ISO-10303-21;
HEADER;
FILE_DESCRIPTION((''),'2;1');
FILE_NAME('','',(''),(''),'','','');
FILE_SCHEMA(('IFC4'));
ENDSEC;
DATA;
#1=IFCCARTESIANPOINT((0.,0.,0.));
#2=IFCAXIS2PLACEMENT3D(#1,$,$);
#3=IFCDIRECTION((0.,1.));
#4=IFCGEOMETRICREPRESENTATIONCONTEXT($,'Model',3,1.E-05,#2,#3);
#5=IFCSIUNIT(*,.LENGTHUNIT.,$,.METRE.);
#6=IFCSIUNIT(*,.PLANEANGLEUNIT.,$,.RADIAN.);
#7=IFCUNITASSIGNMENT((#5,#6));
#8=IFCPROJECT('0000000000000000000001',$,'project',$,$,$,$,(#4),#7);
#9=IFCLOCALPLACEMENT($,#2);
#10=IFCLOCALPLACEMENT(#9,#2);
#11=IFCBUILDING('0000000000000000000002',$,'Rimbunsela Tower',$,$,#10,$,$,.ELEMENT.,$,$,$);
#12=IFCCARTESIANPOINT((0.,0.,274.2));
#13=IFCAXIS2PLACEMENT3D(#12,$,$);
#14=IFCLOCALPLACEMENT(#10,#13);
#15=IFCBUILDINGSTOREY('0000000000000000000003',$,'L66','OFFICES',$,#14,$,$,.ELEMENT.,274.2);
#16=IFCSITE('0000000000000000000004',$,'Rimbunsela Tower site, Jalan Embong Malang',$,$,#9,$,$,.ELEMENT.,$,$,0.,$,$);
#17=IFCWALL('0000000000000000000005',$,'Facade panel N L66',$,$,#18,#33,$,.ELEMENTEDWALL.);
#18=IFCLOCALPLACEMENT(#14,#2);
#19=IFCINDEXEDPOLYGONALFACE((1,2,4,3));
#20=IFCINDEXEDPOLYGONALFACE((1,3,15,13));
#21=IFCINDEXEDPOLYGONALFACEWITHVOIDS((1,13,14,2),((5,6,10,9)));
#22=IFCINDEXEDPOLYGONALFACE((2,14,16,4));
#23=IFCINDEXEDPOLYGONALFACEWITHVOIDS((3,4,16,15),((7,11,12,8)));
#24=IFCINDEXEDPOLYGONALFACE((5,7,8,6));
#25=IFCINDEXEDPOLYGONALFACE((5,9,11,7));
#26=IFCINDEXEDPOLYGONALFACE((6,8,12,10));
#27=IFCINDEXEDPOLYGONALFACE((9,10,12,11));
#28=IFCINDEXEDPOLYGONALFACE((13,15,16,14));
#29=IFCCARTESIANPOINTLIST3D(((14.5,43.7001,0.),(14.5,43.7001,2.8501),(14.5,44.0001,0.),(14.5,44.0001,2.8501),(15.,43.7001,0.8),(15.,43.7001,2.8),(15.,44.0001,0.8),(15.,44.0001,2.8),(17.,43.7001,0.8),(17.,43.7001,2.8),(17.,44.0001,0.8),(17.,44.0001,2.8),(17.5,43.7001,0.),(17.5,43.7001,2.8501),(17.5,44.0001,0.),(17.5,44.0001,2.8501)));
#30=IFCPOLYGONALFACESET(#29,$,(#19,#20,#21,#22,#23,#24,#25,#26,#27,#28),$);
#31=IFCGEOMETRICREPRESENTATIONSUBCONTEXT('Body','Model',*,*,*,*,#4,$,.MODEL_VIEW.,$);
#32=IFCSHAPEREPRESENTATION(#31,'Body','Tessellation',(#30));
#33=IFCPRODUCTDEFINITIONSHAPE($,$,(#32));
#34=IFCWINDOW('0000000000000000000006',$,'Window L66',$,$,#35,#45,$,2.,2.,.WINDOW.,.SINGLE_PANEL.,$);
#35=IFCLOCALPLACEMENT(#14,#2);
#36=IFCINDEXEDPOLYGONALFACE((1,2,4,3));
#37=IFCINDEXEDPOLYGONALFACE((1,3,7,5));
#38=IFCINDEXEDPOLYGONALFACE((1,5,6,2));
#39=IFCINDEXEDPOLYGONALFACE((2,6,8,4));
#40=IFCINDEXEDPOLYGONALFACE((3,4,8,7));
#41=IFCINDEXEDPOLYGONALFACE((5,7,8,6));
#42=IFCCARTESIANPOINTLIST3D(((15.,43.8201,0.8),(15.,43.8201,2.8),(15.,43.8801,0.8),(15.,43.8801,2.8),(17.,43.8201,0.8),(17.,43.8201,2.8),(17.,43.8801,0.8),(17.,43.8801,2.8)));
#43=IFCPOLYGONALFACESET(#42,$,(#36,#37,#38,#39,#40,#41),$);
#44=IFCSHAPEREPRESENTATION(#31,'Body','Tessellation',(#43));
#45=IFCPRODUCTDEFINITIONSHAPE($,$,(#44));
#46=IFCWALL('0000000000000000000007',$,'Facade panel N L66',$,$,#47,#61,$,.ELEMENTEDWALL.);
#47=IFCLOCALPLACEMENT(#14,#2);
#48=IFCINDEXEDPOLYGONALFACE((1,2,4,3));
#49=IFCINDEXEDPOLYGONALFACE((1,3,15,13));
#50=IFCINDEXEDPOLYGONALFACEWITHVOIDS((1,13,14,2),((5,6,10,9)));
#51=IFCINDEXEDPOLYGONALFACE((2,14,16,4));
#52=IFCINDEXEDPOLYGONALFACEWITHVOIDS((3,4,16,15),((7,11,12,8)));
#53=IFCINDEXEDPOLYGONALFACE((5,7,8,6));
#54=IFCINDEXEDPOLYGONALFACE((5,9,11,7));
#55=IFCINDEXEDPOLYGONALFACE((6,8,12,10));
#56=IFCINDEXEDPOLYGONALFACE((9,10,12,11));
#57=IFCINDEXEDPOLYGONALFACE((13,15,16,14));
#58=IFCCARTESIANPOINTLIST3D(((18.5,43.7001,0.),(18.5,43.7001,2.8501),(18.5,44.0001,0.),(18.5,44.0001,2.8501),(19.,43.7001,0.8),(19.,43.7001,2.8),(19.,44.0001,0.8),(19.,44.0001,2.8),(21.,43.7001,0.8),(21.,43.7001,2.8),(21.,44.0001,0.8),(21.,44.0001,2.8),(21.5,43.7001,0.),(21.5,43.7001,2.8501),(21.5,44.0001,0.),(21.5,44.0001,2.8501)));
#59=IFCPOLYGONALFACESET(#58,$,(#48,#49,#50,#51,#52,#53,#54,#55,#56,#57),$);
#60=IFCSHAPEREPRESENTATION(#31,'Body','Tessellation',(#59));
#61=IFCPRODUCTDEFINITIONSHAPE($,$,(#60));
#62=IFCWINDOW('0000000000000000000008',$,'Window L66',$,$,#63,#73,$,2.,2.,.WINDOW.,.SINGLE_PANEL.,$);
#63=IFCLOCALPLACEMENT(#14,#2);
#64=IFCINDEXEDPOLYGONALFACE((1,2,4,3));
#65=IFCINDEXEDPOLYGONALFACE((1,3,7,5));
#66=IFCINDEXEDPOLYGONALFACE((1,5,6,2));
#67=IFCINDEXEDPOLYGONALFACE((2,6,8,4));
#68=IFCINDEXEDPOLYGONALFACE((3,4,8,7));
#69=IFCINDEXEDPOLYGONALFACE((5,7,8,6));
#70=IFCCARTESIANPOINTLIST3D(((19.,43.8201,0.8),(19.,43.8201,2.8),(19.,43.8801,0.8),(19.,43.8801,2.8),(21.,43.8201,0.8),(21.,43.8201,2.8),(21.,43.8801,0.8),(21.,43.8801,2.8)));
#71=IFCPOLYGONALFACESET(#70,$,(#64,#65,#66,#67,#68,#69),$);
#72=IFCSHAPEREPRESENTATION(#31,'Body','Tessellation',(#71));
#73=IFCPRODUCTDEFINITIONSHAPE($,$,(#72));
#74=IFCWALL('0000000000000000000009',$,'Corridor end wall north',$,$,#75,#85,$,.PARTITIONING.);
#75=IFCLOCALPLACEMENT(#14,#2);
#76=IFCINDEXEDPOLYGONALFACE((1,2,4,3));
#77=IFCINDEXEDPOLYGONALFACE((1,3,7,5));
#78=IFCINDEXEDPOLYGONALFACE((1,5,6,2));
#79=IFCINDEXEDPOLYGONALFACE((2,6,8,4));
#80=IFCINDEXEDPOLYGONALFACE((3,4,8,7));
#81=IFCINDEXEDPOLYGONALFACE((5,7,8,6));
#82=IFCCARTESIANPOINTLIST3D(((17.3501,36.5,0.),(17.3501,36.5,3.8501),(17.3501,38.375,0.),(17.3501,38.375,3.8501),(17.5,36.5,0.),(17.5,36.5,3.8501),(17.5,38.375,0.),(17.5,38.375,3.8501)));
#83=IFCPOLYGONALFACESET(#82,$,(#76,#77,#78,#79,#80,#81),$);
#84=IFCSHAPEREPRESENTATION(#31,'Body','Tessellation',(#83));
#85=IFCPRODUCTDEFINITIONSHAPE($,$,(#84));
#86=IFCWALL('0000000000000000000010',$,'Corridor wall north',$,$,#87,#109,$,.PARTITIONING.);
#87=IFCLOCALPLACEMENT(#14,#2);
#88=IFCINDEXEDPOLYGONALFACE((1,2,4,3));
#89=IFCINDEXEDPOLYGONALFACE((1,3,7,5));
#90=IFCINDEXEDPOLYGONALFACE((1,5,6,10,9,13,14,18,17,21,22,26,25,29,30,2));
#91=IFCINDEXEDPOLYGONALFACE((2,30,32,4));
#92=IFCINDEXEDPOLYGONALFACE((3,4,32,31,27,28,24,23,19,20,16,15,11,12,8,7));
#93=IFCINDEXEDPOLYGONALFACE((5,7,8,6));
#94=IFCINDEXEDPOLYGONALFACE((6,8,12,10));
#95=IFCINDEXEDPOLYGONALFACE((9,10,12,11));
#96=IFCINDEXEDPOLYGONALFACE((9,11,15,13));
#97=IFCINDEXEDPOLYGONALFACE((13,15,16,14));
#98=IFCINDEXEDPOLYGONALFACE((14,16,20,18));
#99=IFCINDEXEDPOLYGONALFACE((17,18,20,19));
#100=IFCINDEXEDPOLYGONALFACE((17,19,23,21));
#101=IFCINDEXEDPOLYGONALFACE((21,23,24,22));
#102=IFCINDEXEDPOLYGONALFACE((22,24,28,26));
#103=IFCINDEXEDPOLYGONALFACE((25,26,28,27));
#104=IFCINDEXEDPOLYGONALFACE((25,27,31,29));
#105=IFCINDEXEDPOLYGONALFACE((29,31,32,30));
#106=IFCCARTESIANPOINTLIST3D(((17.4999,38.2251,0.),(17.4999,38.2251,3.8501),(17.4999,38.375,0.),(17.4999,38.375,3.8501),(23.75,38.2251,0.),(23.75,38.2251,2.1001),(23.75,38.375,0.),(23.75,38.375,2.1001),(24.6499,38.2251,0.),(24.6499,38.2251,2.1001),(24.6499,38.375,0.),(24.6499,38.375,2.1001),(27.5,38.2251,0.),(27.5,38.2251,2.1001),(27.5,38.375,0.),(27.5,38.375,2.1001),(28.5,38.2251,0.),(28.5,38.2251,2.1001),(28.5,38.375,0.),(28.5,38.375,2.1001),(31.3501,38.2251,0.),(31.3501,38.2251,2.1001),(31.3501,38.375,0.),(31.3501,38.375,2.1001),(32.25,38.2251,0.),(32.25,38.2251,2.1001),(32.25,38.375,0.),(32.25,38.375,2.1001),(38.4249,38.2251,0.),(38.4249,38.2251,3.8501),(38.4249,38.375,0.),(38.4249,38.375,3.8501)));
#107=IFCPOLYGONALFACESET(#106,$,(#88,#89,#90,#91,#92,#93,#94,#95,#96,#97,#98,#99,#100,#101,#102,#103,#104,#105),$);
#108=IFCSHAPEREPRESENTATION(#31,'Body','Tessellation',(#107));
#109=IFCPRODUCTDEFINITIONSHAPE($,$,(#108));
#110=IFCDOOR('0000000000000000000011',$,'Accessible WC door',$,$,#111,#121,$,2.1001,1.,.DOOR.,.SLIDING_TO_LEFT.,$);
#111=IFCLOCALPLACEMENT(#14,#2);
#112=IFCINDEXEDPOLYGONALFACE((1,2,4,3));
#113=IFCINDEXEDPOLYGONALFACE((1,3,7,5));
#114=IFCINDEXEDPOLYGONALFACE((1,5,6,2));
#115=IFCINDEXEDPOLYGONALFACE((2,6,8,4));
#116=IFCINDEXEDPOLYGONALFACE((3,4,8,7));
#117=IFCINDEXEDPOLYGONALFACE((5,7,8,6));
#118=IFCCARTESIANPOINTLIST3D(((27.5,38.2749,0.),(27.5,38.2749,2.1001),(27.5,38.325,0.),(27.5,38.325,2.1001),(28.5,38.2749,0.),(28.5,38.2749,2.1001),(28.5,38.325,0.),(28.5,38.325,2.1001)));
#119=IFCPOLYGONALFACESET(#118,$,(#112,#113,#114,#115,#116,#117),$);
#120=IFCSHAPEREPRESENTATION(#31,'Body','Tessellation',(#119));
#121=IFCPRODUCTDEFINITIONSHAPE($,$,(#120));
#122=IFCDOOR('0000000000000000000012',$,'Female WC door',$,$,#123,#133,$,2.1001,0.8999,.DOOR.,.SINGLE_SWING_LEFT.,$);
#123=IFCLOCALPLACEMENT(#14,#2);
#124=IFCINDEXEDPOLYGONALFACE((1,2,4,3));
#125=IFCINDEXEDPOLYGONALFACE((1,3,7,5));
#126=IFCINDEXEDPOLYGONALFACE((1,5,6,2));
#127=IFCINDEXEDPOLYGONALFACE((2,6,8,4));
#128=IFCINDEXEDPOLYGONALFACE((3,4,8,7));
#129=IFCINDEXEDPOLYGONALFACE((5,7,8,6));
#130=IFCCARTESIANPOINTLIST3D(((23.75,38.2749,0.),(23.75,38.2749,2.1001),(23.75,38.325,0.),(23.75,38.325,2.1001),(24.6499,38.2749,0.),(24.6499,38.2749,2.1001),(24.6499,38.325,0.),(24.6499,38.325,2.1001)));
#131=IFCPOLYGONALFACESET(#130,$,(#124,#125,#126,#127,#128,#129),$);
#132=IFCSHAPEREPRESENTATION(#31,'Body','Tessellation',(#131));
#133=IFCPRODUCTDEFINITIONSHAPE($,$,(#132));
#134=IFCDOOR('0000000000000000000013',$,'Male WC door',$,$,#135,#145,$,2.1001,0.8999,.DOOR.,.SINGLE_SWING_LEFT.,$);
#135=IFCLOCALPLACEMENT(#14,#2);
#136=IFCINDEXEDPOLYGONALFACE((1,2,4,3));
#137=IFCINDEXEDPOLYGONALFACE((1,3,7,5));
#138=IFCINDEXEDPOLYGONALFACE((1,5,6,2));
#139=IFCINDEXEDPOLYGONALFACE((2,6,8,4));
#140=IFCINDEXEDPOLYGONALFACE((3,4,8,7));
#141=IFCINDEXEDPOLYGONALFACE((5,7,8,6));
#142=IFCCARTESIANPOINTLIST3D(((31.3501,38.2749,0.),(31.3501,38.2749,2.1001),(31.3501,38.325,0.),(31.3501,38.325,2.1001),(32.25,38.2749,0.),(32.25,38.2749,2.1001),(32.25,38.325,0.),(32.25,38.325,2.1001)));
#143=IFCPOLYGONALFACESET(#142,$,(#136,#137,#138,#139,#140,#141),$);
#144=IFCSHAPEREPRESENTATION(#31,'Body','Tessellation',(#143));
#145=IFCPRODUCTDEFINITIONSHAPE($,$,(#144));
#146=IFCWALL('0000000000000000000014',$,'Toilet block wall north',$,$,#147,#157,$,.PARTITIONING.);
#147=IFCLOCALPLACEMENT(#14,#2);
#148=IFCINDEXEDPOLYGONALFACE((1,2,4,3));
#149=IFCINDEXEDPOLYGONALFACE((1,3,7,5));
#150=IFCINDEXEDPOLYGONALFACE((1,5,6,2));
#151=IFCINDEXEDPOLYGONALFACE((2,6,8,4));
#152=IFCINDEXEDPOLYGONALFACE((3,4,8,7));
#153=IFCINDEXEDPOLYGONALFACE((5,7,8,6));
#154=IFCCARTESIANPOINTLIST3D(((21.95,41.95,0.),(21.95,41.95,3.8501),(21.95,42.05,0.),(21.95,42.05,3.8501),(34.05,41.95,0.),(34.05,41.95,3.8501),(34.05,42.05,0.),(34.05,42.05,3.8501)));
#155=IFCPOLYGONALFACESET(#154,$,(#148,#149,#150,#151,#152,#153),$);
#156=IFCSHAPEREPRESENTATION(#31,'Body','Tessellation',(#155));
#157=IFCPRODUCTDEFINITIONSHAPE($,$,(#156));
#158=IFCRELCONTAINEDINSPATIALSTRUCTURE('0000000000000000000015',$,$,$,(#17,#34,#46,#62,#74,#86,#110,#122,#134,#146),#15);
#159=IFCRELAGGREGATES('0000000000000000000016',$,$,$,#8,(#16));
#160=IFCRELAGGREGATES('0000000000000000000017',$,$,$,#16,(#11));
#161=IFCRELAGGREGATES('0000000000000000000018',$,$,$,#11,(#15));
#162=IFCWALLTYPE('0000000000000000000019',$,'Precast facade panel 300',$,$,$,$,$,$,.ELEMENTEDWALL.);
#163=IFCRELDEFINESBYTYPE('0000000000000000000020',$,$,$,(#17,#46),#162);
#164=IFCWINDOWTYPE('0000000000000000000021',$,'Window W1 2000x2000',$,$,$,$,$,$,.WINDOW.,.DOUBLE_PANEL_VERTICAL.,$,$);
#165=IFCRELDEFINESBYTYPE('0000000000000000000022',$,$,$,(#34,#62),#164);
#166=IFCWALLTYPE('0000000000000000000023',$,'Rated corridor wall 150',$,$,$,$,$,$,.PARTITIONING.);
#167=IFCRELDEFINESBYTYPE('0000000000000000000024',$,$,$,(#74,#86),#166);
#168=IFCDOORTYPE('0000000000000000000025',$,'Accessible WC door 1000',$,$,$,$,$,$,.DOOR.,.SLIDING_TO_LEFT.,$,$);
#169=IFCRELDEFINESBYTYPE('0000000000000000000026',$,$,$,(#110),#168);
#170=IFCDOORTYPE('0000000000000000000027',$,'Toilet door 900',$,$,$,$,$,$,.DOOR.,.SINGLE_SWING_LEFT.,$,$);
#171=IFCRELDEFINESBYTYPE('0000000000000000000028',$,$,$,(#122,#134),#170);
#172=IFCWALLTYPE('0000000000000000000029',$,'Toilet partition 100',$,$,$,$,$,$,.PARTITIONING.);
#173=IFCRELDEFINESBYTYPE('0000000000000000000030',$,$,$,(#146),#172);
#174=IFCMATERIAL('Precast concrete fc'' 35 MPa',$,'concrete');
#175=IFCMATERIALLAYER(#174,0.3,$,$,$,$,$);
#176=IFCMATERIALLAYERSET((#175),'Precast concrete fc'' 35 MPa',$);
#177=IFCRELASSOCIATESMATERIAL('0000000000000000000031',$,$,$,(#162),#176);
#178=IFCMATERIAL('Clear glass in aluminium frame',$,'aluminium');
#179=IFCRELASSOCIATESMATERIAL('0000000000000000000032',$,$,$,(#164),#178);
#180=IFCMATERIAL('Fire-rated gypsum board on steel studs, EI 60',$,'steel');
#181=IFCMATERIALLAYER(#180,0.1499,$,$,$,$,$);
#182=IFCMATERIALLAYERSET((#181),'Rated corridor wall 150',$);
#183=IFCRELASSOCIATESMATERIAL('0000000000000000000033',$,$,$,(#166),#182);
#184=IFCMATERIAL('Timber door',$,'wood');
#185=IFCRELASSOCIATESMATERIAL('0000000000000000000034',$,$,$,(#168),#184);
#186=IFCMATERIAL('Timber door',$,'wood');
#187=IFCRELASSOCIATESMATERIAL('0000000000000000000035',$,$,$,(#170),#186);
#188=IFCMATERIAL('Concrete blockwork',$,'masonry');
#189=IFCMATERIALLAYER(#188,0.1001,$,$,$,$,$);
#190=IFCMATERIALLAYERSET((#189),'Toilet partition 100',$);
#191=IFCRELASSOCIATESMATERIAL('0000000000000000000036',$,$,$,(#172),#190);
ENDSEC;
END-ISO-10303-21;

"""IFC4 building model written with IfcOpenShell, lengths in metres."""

from ifc_helpers import new_model, si_unit, direction, frame, frame_2d, origin, place, context, subcontext, project, spatial, rectangle, extrude, material, layer, layer_set, type_object, element, fill, save


model = new_model("IFC4")

# Units and contexts
model_context = context("Model", 3, precision=1e-05, world=origin(), true_north=direction((0.0, 1.0)))
body_context = subcontext(model_context, "Body", "Model", "MODEL_VIEW")
ifc_project = project(units=[si_unit("LENGTHUNIT", "METRE"), si_unit("PLANEANGLEUNIT", "RADIAN")], contexts=[model_context])

# Site, building, storey
site_placement = place(None, origin())
site = spatial("IfcSite", under=ifc_project, at=site_placement, Name="Rimbunsela Tower site, Jalan Embong Malang", CompositionType="ELEMENT", RefElevation=0.0)
building_placement = place(site_placement, origin())
building = spatial("IfcBuilding", under=site, at=building_placement, Name="Rimbunsela Tower", CompositionType="ELEMENT")
storey_placement = place(building_placement, frame((0.0, 0.0, 274.2)))
storey = spatial("IfcBuildingStorey", under=building, at=storey_placement, Name="L66", Description="OFFICES", CompositionType="ELEMENT", Elevation=274.2)

# Walls, openings, windows
ifc_material_1 = material(Name="Precast concrete fc' 35 MPa", Category="concrete")
ifc_layer_1 = layer(ifc_material_1, 0.3)
ifc_layer_set_1 = layer_set([ifc_layer_1], Name="Precast concrete fc' 35 MPa")
wall_type_1 = type_object("IfcWallType", Name="Precast facade panel 300", PredefinedType="ELEMENTEDWALL", material=ifc_layer_set_1)
ifc_material_2 = material(Name="Clear glass in aluminium frame", Category="aluminium")
window_type = type_object("IfcWindowType", Name="Window W1 2000x2000", PartitioningType="DOUBLE_PANEL_VERTICAL", PredefinedType="WINDOW", material=ifc_material_2)
wall_1_placement = place(storey_placement, frame((17.5, 43.8501, 0.0), z_axis=(0.0, 0.0, 1.0), x_axis=(-1.0, 0.0, 0.0)))
wall_1 = element("IfcWall", 1, at=wall_1_placement, inside=storey, type_object=wall_type_1, Name="Facade panel N L66", PredefinedType="ELEMENTEDWALL", context=body_context, shape_type="SweptSolid", body=[
    extrude(rectangle(XDim=3.0, YDim=0.3, at=frame_2d((1.5, 0.0))), origin(), (0.0, 0.0, 1.0), 2.8501),
])
opening_1_placement = place(wall_1_placement, frame((0.5, 0.0, 0.8)))
opening_1 = element("IfcOpeningElement", 2, at=opening_1_placement, cuts=wall_1, PredefinedType="OPENING", context=body_context, shape_type="SweptSolid", body=[
    extrude(rectangle(XDim=2.0, YDim=2.0, at=frame_2d((1.0, 1.0))), frame((0.0, 0.1599, 0.0), z_axis=(0.0, -1.0, 0.0), x_axis=(1.0, 0.0, 0.0)), (0.0, 0.0, 1.0), 0.3201),
])
window_1_placement = place(opening_1_placement, origin())
window_1 = element("IfcWindow", 3, at=window_1_placement, inside=storey, type_object=window_type, Name="Window L66", OverallHeight=2.0, OverallWidth=2.0, PartitioningType="SINGLE_PANEL", PredefinedType="WINDOW", context=body_context, shape_type="SweptSolid", body=[
    extrude(rectangle(XDim=2.0, YDim=2.0, at=frame_2d((1.0, 1.0))), frame((0.0, 0.03, 0.0), z_axis=(0.0, -1.0, 0.0), x_axis=(1.0, 0.0, 0.0)), (0.0, 0.0, 1.0), 0.0601),
])
fill(opening_1, window_1)
wall_2_placement = place(storey_placement, frame((21.5, 43.8501, 0.0), z_axis=(0.0, 0.0, 1.0), x_axis=(-1.0, 0.0, 0.0)))
wall_2 = element("IfcWall", 4, at=wall_2_placement, inside=storey, type_object=wall_type_1, Name="Facade panel N L66", PredefinedType="ELEMENTEDWALL", context=body_context, shape_type="SweptSolid", body=[
    extrude(rectangle(XDim=3.0, YDim=0.3, at=frame_2d((1.5, 0.0))), origin(), (0.0, 0.0, 1.0), 2.8501),
])
opening_2_placement = place(wall_2_placement, frame((0.5, 0.0, 0.8)))
opening_2 = element("IfcOpeningElement", 5, at=opening_2_placement, cuts=wall_2, PredefinedType="OPENING", context=body_context, shape_type="SweptSolid", body=[
    extrude(rectangle(XDim=2.0, YDim=2.0, at=frame_2d((1.0, 1.0))), frame((0.0, 0.1599, 0.0), z_axis=(0.0, -1.0, 0.0), x_axis=(1.0, 0.0, 0.0)), (0.0, 0.0, 1.0), 0.3201),
])
window_2_placement = place(opening_2_placement, origin())
window_2 = element("IfcWindow", 6, at=window_2_placement, inside=storey, type_object=window_type, Name="Window L66", OverallHeight=2.0, OverallWidth=2.0, PartitioningType="SINGLE_PANEL", PredefinedType="WINDOW", context=body_context, shape_type="SweptSolid", body=[
    extrude(rectangle(XDim=2.0, YDim=2.0, at=frame_2d((1.0, 1.0))), frame((0.0, 0.03, 0.0), z_axis=(0.0, -1.0, 0.0), x_axis=(1.0, 0.0, 0.0)), (0.0, 0.0, 1.0), 0.0601),
])
fill(opening_2, window_2)

# Wall
ifc_material_3 = material(Name="Fire-rated gypsum board on steel studs, EI 60", Category="steel")
ifc_layer_2 = layer(ifc_material_3, 0.1499)
ifc_layer_set_2 = layer_set([ifc_layer_2], Name="Rated corridor wall 150")
wall_type_2 = type_object("IfcWallType", Name="Rated corridor wall 150", PredefinedType="PARTITIONING", material=ifc_layer_set_2)
wall_3_placement = place(storey_placement, frame((17.425, 36.5, 0.0), z_axis=(0.0, 0.0, 1.0), x_axis=(0.0, 1.0, 0.0)))
element("IfcWall", 7, at=wall_3_placement, inside=storey, type_object=wall_type_2, Name="Corridor end wall north", PredefinedType="PARTITIONING", context=body_context, shape_type="SweptSolid", body=[
    extrude(rectangle(XDim=1.875, YDim=0.1499, at=frame_2d((0.9375, 0.0))), origin(), (0.0, 0.0, 1.0), 3.8501),
])

# Wall, openings, doors
wall_4_placement = place(storey_placement, frame((17.5, 38.3, 0.0), z_axis=(0.0, 0.0, 1.0), x_axis=(1.0, 0.0, 0.0)))
wall_4 = element("IfcWall", 8, at=wall_4_placement, inside=storey, type_object=wall_type_2, Name="Corridor wall north", PredefinedType="PARTITIONING", context=body_context, shape_type="SweptSolid", body=[
    extrude(rectangle(XDim=20.925, YDim=0.1499, at=frame_2d((10.4624, 0.0))), origin(), (0.0, 0.0, 1.0), 3.8501),
])
opening_3_placement = place(wall_4_placement, frame((6.25, 0.0, 0.0)))
opening_3 = element("IfcOpeningElement", 9, at=opening_3_placement, cuts=wall_4, PredefinedType="OPENING", context=body_context, shape_type="SweptSolid", body=[
    extrude(rectangle(XDim=0.8999, YDim=2.1001, at=frame_2d((0.45, 1.05))), frame((0.0, 0.085, 0.0), z_axis=(0.0, -1.0, 0.0), x_axis=(1.0, 0.0, 0.0)), (0.0, 0.0, 1.0), 0.1699),
])
opening_4_placement = place(wall_4_placement, frame((10.0, 0.0, 0.0)))
opening_4 = element("IfcOpeningElement", 10, at=opening_4_placement, cuts=wall_4, PredefinedType="OPENING", context=body_context, shape_type="SweptSolid", body=[
    extrude(rectangle(XDim=1.0, YDim=2.1001, at=frame_2d((0.5, 1.05))), frame((0.0, 0.085, 0.0), z_axis=(0.0, -1.0, 0.0), x_axis=(1.0, 0.0, 0.0)), (0.0, 0.0, 1.0), 0.1699),
])
opening_5_placement = place(wall_4_placement, frame((13.8501, 0.0, 0.0)))
opening_5 = element("IfcOpeningElement", 11, at=opening_5_placement, cuts=wall_4, PredefinedType="OPENING", context=body_context, shape_type="SweptSolid", body=[
    extrude(rectangle(XDim=0.8999, YDim=2.1001, at=frame_2d((0.45, 1.05))), frame((0.0, 0.085, 0.0), z_axis=(0.0, -1.0, 0.0), x_axis=(1.0, 0.0, 0.0)), (0.0, 0.0, 1.0), 0.1699),
])
ifc_material_4 = material(Name="Timber door", Category="wood")
door_type_1 = type_object("IfcDoorType", Name="Accessible WC door 1000", OperationType="SLIDING_TO_LEFT", PredefinedType="DOOR", material=ifc_material_4)
door_1_placement = place(opening_4_placement, origin())
door_1 = element("IfcDoor", 12, at=door_1_placement, inside=storey, type_object=door_type_1, Name="Accessible WC door", OperationType="SLIDING_TO_LEFT", OverallHeight=2.1001, OverallWidth=1.0, PredefinedType="DOOR", context=body_context, shape_type="SweptSolid", body=[
    extrude(rectangle(XDim=1.0, YDim=2.1001, at=frame_2d((0.5, 1.05))), frame((0.0, 0.0249, 0.0), z_axis=(0.0, -1.0, 0.0), x_axis=(1.0, 0.0, 0.0)), (0.0, 0.0, 1.0), 0.05),
])
fill(opening_4, door_1)
ifc_material_5 = material(Name="Timber door", Category="wood")
door_type_2 = type_object("IfcDoorType", Name="Toilet door 900", OperationType="SINGLE_SWING_LEFT", PredefinedType="DOOR", material=ifc_material_5)
door_2_placement = place(opening_3_placement, origin())
door_2 = element("IfcDoor", 13, at=door_2_placement, inside=storey, type_object=door_type_2, Name="Female WC door", OperationType="SINGLE_SWING_LEFT", OverallHeight=2.1001, OverallWidth=0.8999, PredefinedType="DOOR", context=body_context, shape_type="SweptSolid", body=[
    extrude(rectangle(XDim=0.8999, YDim=2.1001, at=frame_2d((0.45, 1.05))), frame((0.0, 0.0249, 0.0), z_axis=(0.0, -1.0, 0.0), x_axis=(1.0, 0.0, 0.0)), (0.0, 0.0, 1.0), 0.05),
])
fill(opening_3, door_2)
door_3_placement = place(opening_5_placement, origin())
door_3 = element("IfcDoor", 14, at=door_3_placement, inside=storey, type_object=door_type_2, Name="Male WC door", OperationType="SINGLE_SWING_LEFT", OverallHeight=2.1001, OverallWidth=0.8999, PredefinedType="DOOR", context=body_context, shape_type="SweptSolid", body=[
    extrude(rectangle(XDim=0.8999, YDim=2.1001, at=frame_2d((0.45, 1.05))), frame((0.0, 0.0249, 0.0), z_axis=(0.0, -1.0, 0.0), x_axis=(1.0, 0.0, 0.0)), (0.0, 0.0, 1.0), 0.05),
])
fill(opening_5, door_3)

# Wall
ifc_material_6 = material(Name="Concrete blockwork", Category="masonry")
ifc_layer_3 = layer(ifc_material_6, 0.1001)
ifc_layer_set_3 = layer_set([ifc_layer_3], Name="Toilet partition 100")
wall_type_3 = type_object("IfcWallType", Name="Toilet partition 100", PredefinedType="PARTITIONING", material=ifc_layer_set_3)
wall_5_placement = place(storey_placement, frame((21.95, 42.0, 0.0), z_axis=(0.0, 0.0, 1.0), x_axis=(1.0, 0.0, 0.0)))
element("IfcWall", 15, at=wall_5_placement, inside=storey, type_object=wall_type_3, Name="Toilet block wall north", PredefinedType="PARTITIONING", context=body_context, shape_type="SweptSolid", body=[
    extrude(rectangle(XDim=12.1001, YDim=0.1001, at=frame_2d((6.05, 0.0))), origin(), (0.0, 0.0, 1.0), 3.8501),
])

save(model, "model.ifc")
